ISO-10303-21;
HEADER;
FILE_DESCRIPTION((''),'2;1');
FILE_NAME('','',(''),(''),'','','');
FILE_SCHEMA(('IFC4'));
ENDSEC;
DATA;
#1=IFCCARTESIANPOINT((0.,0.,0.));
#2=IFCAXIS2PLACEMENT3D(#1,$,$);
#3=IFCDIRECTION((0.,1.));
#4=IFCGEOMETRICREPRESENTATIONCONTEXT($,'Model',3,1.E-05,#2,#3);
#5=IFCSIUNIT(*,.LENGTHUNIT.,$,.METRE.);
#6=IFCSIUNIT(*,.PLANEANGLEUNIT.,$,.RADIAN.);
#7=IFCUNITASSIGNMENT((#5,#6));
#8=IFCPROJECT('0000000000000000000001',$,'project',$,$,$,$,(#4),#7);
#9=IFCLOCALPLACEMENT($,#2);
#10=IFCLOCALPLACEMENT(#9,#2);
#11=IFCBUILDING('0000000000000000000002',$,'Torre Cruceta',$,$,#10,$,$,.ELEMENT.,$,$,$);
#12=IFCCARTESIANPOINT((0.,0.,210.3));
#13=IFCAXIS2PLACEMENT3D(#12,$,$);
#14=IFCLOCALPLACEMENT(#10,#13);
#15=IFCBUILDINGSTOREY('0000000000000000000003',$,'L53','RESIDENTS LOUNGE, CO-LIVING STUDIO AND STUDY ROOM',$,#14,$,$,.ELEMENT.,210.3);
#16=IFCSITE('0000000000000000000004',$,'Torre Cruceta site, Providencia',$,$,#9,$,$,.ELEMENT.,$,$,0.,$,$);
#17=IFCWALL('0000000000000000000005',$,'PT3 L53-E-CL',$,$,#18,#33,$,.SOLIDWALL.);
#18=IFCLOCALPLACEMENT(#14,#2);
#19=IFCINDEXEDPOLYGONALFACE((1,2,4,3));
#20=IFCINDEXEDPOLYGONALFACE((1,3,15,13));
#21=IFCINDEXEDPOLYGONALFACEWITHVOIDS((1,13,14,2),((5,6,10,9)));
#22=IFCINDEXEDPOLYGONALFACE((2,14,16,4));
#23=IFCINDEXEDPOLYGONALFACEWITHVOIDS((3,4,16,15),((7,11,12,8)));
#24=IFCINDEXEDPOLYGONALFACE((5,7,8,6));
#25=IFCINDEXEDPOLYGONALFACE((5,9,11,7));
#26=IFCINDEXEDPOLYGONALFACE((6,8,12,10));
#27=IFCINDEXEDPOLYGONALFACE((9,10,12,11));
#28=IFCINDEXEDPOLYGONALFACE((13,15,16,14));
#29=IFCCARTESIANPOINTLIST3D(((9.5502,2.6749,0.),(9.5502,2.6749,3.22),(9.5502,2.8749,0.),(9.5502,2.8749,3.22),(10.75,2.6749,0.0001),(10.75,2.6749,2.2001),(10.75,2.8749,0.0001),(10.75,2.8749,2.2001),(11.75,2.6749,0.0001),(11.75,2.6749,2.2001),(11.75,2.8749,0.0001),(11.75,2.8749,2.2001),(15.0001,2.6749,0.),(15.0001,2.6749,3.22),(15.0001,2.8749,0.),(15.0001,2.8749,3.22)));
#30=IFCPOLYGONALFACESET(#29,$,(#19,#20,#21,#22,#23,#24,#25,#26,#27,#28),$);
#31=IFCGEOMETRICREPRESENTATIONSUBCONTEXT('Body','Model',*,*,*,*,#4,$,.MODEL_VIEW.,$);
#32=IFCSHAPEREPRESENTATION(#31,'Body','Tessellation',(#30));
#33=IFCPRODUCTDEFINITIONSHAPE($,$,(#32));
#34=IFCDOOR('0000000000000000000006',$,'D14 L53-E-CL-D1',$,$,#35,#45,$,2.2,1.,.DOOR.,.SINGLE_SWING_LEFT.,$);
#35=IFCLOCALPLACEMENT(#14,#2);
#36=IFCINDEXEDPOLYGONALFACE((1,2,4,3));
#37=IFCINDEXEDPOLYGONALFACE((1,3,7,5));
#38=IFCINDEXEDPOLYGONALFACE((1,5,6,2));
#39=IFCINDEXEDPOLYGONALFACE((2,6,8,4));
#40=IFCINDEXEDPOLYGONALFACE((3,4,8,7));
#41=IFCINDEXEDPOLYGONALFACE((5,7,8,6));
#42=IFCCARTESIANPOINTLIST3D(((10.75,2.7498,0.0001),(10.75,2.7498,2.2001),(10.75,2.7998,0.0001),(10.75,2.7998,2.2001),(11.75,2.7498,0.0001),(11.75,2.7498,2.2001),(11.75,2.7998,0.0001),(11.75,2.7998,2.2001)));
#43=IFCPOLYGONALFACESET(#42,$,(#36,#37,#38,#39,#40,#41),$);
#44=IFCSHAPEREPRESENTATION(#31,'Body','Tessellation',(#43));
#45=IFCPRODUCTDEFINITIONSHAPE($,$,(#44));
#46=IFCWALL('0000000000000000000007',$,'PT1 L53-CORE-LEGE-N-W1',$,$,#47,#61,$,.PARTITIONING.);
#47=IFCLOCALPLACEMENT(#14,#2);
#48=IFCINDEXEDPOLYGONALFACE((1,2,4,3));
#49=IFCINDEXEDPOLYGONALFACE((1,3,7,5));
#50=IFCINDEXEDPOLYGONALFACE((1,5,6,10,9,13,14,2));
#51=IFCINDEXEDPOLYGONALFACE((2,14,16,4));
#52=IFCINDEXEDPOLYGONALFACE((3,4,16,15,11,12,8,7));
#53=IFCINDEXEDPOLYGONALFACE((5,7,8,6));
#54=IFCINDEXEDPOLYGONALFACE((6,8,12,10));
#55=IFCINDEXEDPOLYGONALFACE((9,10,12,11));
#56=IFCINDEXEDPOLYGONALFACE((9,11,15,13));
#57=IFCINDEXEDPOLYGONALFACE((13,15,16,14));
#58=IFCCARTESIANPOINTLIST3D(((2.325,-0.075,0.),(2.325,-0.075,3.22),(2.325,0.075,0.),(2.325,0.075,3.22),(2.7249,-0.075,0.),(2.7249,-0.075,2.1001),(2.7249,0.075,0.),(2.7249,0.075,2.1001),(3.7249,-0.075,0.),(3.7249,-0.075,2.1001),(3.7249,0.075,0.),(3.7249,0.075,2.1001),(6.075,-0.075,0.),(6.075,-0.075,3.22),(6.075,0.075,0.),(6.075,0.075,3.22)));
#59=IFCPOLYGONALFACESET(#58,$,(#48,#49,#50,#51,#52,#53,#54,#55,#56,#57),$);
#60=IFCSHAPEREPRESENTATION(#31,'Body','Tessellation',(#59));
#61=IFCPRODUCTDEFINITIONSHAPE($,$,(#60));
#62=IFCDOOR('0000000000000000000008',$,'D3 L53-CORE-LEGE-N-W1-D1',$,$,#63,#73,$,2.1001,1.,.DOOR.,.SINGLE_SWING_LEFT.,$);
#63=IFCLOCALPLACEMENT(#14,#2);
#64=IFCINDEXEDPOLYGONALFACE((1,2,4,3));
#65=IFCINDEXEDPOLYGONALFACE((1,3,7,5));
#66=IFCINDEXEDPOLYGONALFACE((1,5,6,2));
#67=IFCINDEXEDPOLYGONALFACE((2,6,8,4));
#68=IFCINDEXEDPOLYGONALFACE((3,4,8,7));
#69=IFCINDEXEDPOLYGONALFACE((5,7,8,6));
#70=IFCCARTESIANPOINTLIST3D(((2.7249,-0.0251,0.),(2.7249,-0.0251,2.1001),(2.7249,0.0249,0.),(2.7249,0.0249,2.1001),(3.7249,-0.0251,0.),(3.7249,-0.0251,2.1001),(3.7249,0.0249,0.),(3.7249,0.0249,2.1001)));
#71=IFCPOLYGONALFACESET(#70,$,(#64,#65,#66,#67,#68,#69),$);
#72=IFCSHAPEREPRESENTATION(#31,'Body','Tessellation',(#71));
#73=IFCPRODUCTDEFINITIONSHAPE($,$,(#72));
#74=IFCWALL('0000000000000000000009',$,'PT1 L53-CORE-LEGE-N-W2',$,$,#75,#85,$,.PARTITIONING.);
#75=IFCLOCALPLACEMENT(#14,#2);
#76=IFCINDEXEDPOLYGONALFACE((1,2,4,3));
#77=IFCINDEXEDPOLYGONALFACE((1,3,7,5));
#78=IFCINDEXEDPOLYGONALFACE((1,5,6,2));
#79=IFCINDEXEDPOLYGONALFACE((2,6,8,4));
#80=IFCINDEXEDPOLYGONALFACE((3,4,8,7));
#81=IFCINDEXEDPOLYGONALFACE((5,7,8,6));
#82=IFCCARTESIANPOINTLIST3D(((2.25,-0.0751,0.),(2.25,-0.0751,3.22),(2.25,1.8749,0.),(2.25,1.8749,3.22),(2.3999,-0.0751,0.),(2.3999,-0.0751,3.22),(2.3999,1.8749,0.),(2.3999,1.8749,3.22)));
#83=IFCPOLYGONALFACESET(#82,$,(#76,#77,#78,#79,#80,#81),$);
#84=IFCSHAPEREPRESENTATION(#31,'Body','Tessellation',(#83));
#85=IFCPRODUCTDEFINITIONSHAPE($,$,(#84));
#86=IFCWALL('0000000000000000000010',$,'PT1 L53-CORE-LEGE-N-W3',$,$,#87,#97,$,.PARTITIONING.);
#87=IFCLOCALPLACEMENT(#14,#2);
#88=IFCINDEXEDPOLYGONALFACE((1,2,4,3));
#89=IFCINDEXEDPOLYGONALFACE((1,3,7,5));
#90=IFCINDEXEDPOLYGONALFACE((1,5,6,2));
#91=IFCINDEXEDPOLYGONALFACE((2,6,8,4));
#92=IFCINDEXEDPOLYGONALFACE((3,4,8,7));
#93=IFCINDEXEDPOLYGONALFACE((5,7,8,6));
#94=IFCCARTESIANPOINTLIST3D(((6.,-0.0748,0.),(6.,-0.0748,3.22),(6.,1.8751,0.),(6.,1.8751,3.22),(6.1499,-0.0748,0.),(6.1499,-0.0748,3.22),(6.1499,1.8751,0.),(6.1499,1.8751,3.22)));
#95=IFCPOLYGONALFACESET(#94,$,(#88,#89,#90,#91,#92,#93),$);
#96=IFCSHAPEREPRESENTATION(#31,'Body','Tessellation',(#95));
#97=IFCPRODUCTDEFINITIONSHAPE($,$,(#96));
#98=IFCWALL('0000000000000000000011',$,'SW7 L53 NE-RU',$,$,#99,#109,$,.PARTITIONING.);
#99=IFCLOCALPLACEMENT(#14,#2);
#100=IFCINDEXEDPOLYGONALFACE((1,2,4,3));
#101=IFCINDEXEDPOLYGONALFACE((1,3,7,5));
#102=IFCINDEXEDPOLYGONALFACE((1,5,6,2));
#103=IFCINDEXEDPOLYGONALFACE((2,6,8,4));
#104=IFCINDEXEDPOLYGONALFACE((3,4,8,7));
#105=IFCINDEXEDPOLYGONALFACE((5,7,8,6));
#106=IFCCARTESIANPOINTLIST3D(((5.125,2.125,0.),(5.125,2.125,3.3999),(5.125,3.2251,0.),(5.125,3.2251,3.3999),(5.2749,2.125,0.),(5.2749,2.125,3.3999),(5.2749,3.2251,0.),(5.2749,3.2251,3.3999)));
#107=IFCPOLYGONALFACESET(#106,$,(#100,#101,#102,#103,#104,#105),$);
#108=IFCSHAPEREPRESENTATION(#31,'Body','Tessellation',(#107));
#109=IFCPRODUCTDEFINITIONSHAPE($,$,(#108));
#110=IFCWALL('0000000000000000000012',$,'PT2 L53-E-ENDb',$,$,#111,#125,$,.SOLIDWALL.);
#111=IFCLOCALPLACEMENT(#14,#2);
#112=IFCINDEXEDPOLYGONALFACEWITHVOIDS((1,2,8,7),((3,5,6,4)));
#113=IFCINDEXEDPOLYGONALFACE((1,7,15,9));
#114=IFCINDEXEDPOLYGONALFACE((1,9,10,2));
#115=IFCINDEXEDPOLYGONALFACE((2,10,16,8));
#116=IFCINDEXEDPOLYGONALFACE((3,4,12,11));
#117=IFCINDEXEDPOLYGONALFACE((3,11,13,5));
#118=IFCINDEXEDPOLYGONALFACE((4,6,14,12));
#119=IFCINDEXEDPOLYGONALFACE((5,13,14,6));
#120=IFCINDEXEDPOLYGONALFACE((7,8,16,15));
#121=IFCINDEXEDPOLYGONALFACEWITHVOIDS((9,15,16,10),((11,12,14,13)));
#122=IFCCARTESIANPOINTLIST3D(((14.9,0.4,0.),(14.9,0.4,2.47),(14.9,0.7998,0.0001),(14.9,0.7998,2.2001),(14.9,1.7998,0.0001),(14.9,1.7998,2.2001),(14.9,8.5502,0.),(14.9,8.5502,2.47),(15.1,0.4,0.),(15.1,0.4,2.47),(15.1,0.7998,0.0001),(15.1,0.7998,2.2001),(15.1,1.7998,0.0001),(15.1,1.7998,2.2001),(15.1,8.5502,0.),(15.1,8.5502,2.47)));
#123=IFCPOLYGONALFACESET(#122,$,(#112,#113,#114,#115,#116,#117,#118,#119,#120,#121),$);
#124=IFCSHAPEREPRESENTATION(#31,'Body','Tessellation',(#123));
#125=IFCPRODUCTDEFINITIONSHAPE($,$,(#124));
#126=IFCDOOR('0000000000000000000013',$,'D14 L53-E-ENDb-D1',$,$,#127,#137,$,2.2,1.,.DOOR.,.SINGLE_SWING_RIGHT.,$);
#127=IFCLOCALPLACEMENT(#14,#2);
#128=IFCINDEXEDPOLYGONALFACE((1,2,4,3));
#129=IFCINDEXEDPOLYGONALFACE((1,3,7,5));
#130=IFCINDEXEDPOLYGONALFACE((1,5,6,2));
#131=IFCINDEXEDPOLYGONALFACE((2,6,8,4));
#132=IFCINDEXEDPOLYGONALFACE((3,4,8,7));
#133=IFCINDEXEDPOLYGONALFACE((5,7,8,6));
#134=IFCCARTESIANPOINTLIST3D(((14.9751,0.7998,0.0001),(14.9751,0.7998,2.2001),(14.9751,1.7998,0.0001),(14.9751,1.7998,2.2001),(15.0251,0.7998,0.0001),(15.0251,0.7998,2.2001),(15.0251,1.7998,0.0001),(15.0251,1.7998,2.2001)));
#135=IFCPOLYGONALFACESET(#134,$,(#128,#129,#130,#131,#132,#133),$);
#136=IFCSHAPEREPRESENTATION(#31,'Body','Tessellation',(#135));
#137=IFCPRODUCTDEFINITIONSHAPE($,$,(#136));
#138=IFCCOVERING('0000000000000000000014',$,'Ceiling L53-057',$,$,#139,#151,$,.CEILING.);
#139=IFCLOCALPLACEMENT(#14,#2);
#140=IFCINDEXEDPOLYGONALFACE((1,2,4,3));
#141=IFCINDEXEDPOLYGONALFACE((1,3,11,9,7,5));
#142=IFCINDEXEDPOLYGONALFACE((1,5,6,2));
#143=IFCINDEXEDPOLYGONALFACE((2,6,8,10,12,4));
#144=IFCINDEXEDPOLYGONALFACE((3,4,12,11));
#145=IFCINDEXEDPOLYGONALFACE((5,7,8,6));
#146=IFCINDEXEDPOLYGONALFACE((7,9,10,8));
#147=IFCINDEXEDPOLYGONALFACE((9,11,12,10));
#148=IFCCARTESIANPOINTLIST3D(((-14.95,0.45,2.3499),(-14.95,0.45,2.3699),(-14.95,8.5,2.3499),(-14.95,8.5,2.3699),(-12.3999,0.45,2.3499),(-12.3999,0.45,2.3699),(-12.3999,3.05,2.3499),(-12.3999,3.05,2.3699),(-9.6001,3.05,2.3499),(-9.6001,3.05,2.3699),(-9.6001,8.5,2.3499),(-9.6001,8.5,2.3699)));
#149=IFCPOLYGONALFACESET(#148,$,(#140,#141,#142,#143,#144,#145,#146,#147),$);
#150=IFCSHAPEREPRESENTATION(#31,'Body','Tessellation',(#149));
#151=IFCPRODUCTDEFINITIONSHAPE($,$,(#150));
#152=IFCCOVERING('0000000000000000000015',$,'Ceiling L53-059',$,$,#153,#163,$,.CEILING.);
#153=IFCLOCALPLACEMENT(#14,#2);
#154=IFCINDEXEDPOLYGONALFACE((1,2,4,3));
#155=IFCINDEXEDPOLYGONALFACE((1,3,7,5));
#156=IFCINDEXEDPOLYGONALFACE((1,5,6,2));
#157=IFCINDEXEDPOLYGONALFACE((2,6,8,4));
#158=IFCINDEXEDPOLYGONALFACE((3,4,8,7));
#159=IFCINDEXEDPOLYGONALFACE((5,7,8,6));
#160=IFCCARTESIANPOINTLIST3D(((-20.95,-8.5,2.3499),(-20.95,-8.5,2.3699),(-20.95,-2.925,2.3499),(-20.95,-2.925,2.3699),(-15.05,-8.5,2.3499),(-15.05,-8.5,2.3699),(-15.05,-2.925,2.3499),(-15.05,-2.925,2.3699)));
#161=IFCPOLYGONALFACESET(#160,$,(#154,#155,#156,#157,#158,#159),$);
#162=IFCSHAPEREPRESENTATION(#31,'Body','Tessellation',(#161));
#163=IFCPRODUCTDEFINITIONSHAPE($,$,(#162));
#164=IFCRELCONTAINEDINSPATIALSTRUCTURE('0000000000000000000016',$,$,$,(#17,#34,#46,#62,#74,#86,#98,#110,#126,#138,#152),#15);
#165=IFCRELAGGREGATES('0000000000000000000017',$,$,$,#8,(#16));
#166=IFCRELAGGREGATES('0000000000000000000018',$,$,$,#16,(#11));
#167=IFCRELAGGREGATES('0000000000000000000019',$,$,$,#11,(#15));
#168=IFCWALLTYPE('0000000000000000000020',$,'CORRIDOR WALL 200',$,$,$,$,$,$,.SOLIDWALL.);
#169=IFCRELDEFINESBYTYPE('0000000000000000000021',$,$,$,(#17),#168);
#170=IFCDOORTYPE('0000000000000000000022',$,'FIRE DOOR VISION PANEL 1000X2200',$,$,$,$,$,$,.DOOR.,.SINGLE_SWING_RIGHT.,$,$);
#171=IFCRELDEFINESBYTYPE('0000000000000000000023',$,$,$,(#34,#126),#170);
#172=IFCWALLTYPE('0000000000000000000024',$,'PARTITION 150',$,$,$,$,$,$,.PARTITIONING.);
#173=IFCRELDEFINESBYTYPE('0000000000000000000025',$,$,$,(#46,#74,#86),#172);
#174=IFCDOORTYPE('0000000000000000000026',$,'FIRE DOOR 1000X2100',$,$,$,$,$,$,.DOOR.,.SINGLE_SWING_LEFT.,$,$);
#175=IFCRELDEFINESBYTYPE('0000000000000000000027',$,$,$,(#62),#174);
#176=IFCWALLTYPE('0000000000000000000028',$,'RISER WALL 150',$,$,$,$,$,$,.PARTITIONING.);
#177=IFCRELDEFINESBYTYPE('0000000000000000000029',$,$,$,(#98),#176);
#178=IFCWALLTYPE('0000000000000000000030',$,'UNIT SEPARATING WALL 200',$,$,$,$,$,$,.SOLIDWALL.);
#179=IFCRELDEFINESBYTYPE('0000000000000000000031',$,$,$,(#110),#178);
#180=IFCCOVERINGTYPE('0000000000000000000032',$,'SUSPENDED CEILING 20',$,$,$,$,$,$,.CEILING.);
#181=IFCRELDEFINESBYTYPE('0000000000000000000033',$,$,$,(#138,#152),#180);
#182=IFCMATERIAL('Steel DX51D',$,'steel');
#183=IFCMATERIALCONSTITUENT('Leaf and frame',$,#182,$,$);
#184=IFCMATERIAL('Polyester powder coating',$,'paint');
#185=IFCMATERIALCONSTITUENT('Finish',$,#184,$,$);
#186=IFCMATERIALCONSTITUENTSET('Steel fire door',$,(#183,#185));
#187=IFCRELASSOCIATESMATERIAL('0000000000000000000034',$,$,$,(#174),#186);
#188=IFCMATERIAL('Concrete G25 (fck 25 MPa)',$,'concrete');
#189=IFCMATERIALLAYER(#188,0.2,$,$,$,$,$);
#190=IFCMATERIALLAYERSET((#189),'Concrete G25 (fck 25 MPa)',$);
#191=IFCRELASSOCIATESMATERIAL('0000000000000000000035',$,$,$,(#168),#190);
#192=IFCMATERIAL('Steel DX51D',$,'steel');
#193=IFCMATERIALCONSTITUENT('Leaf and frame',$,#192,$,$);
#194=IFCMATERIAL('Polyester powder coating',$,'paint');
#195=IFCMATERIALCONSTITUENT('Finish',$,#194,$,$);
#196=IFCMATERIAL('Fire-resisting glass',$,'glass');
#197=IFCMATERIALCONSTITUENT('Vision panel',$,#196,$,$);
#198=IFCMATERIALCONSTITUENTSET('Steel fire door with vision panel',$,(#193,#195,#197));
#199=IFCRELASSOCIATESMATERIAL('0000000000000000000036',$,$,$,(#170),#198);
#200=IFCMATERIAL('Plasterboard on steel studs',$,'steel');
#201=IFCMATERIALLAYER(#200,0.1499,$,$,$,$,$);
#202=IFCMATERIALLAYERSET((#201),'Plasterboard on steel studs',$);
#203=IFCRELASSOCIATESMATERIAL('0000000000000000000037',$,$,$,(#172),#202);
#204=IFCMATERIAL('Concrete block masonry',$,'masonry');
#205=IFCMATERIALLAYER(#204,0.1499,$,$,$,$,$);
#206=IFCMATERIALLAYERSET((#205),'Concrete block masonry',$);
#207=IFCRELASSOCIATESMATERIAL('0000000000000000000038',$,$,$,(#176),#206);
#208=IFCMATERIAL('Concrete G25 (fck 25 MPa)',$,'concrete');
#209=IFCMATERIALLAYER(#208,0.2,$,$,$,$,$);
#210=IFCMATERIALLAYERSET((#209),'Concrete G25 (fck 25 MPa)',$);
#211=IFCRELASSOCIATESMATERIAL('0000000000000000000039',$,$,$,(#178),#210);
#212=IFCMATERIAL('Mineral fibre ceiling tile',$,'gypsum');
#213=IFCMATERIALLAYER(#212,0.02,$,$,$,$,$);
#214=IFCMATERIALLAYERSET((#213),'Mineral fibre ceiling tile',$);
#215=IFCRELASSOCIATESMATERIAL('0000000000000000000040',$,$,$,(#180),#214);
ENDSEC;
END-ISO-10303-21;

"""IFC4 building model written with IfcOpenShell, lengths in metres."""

from ifc_helpers import new_model, si_unit, direction, frame, frame_2d, origin, place, context, subcontext, project, spatial, polyline, rectangle, outline, extrude, material, layer, layer_set, constituent, constituent_set, type_object, element, fill, save


model = new_model("IFC4")

# Units and contexts
model_context = context("Model", 3, precision=1e-05, world=origin(), true_north=direction((0.0, 1.0)))
body_context = subcontext(model_context, "Body", "Model", "MODEL_VIEW")
ifc_project = project(units=[si_unit("LENGTHUNIT", "METRE"), si_unit("PLANEANGLEUNIT", "RADIAN")], contexts=[model_context])

# Site, building, storey
site_placement = place(None, origin())
site = spatial("IfcSite", under=ifc_project, at=site_placement, Name="Torre Cruceta site, Providencia", CompositionType="ELEMENT", RefElevation=0.0)
building_placement = place(site_placement, origin())
building = spatial("IfcBuilding", under=site, at=building_placement, Name="Torre Cruceta", CompositionType="ELEMENT")
storey_placement = place(building_placement, frame((0.0, 0.0, 210.3)))
storey = spatial("IfcBuildingStorey", under=building, at=storey_placement, Name="L53", Description="RESIDENTS LOUNGE, CO-LIVING STUDIO AND STUDY ROOM", CompositionType="ELEMENT", Elevation=210.3)

# Shared definitions
ifc_material_1 = material(Name="Steel DX51D", Category="steel")
ifc_constituent_1 = constituent(ifc_material_1, Name="Leaf and frame")
ifc_material_2 = material(Name="Polyester powder coating", Category="paint")
ifc_constituent_2 = constituent(ifc_material_2, Name="Finish")
ifc_constituent_set_1 = constituent_set(constituents=[ifc_constituent_1, ifc_constituent_2], Name="Steel fire door")
door_type_1 = type_object("IfcDoorType", Name="FIRE DOOR 1000X2100", OperationType="SINGLE_SWING_LEFT", PredefinedType="DOOR", material=ifc_constituent_set_1)

# Walls, openings, doors
ifc_material_3 = material(Name="Concrete G25 (fck 25 MPa)", Category="concrete")
ifc_layer_1 = layer(ifc_material_3, 0.2)
ifc_layer_set_1 = layer_set([ifc_layer_1], Name="Concrete G25 (fck 25 MPa)")
wall_type_1 = type_object("IfcWallType", Name="CORRIDOR WALL 200", PredefinedType="SOLIDWALL", material=ifc_layer_set_1)
wall_1_placement = place(storey_placement, frame((9.55, 2.7749, 0.0), z_axis=(0.0, 0.0, 1.0), x_axis=(1.0, 0.0, 0.0)))
wall_1 = element("IfcWall", 1, at=wall_1_placement, inside=storey, type_object=wall_type_1, Name="PT3 L53-E-CL", PredefinedType="SOLIDWALL", context=body_context, shape_type="SweptSolid", body=[
    extrude(rectangle(XDim=5.45, YDim=0.2, at=frame_2d((2.7251, 0.0))), origin(), (0.0, 0.0, 1.0), 3.22),
])
opening_1_placement = place(wall_1_placement, frame((1.2, 0.0, 0.0)))
opening_1 = element("IfcOpeningElement", 2, at=opening_1_placement, cuts=wall_1, PredefinedType="OPENING", context=body_context, shape_type="SweptSolid", body=[
    extrude(rectangle(XDim=1.0, YDim=2.2, at=frame_2d((0.5, 1.1001))), frame((0.0, 0.1099, 0.0), z_axis=(0.0, -1.0, 0.0), x_axis=(1.0, 0.0, 0.0)), (0.0, 0.0, 1.0), 0.22),
])
ifc_material_4 = material(Name="Steel DX51D", Category="steel")
ifc_constituent_3 = constituent(ifc_material_4, Name="Leaf and frame")
ifc_material_5 = material(Name="Polyester powder coating", Category="paint")
ifc_constituent_4 = constituent(ifc_material_5, Name="Finish")
ifc_material_6 = material(Name="Fire-resisting glass", Category="glass")
ifc_constituent_5 = constituent(ifc_material_6, Name="Vision panel")
ifc_constituent_set_2 = constituent_set(constituents=[ifc_constituent_3, ifc_constituent_4, ifc_constituent_5], Name="Steel fire door with vision panel")
door_type_2 = type_object("IfcDoorType", Name="FIRE DOOR VISION PANEL 1000X2200", OperationType="SINGLE_SWING_RIGHT", PredefinedType="DOOR", material=ifc_constituent_set_2)
door_1_placement = place(opening_1_placement, origin())
door_1 = element("IfcDoor", 3, at=door_1_placement, inside=storey, type_object=door_type_2, Name="D14 L53-E-CL-D1", OperationType="SINGLE_SWING_LEFT", OverallHeight=2.2, OverallWidth=1.0, PredefinedType="DOOR", context=body_context, shape_type="SweptSolid", body=[
    extrude(rectangle(XDim=1.0, YDim=2.2, at=frame_2d((0.5, 1.1001))), frame((0.0, 0.0249, 0.0), z_axis=(0.0, -1.0, 0.0), x_axis=(1.0, 0.0, 0.0)), (0.0, 0.0, 1.0), 0.05),
])
fill(opening_1, door_1)
ifc_material_7 = material(Name="Plasterboard on steel studs", Category="steel")
ifc_layer_2 = layer(ifc_material_7, 0.1499)
ifc_layer_set_2 = layer_set([ifc_layer_2], Name="Plasterboard on steel studs")
wall_type_2 = type_object("IfcWallType", Name="PARTITION 150", PredefinedType="PARTITIONING", material=ifc_layer_set_2)
wall_2_placement = place(storey_placement, frame((2.325, 0.0, 0.0), z_axis=(0.0, 0.0, 1.0), x_axis=(1.0, 0.0, 0.0)))
wall_2 = element("IfcWall", 4, at=wall_2_placement, inside=storey, type_object=wall_type_2, Name="PT1 L53-CORE-LEGE-N-W1", PredefinedType="PARTITIONING", context=body_context, shape_type="SweptSolid", body=[
    extrude(rectangle(XDim=3.75, YDim=0.1499, at=frame_2d((1.875, 0.0))), origin(), (0.0, 0.0, 1.0), 3.22),
])
opening_2_placement = place(wall_2_placement, frame((0.3999, 0.0, 0.0)))
opening_2 = element("IfcOpeningElement", 5, at=opening_2_placement, cuts=wall_2, PredefinedType="OPENING", context=body_context, shape_type="SweptSolid", body=[
    extrude(rectangle(XDim=1.0, YDim=2.1001, at=frame_2d((0.5, 1.05))), frame((0.0, 0.085, 0.0), z_axis=(0.0, -1.0, 0.0), x_axis=(1.0, 0.0, 0.0)), (0.0, 0.0, 1.0), 0.1699),
])
door_2_placement = place(opening_2_placement, origin())
door_2 = element("IfcDoor", 6, at=door_2_placement, inside=storey, type_object=door_type_1, Name="D3 L53-CORE-LEGE-N-W1-D1", OperationType="SINGLE_SWING_LEFT", OverallHeight=2.1001, OverallWidth=1.0, PredefinedType="DOOR", context=body_context, shape_type="SweptSolid", body=[
    extrude(rectangle(XDim=1.0, YDim=2.1001, at=frame_2d((0.5, 1.05))), frame((0.0, 0.0249, 0.0), z_axis=(0.0, -1.0, 0.0), x_axis=(1.0, 0.0, 0.0)), (0.0, 0.0, 1.0), 0.05),
])
fill(opening_2, door_2)

# Walls
for number, where, z_axis, x_axis, name in (
    (7, (2.325, 1.875, 0.0), (0.0, 0.0, 1.0), (0.0, -1.0, 0.0), "PT1 L53-CORE-LEGE-N-W2"),
    (8, (6.075, -0.075, 0.0), (0.0, 0.0, 1.0), (0.0, 1.0, 0.0), "PT1 L53-CORE-LEGE-N-W3"),
):
    element("IfcWall", number, at=place(storey_placement, frame(where, z_axis=z_axis, x_axis=x_axis)), inside=storey, type_object=wall_type_2, Name=name, PredefinedType="PARTITIONING", context=body_context, shape_type="SweptSolid", body=[
        extrude(rectangle(XDim=1.95, YDim=0.1499, at=frame_2d((0.9751, 0.0))), origin(), (0.0, 0.0, 1.0), 3.22),
    ])
ifc_material_8 = material(Name="Concrete block masonry", Category="masonry")
ifc_layer_3 = layer(ifc_material_8, 0.1499)
ifc_layer_set_3 = layer_set([ifc_layer_3], Name="Concrete block masonry")
wall_type_3 = type_object("IfcWallType", Name="RISER WALL 150", PredefinedType="PARTITIONING", material=ifc_layer_set_3)
wall_3_placement = place(storey_placement, frame((5.2, 2.125, 0.0), z_axis=(0.0, 0.0, 1.0), x_axis=(0.0, 1.0, 0.0)))
element("IfcWall", 9, at=wall_3_placement, inside=storey, type_object=wall_type_3, Name="SW7 L53 NE-RU", PredefinedType="PARTITIONING", context=body_context, shape_type="SweptSolid", body=[
    extrude(rectangle(XDim=1.1001, YDim=0.1499, at=frame_2d((0.55, 0.0))), origin(), (0.0, 0.0, 1.0), 3.3999),
])

# Wall, opening, door
ifc_material_9 = material(Name="Concrete G25 (fck 25 MPa)", Category="concrete")
ifc_layer_4 = layer(ifc_material_9, 0.2)
ifc_layer_set_4 = layer_set([ifc_layer_4], Name="Concrete G25 (fck 25 MPa)")
wall_type_4 = type_object("IfcWallType", Name="UNIT SEPARATING WALL 200", PredefinedType="SOLIDWALL", material=ifc_layer_set_4)
wall_4_placement = place(storey_placement, frame((15.0, 0.3999, 0.0), z_axis=(0.0, 0.0, 1.0), x_axis=(0.0, 1.0, 0.0)))
wall_4 = element("IfcWall", 10, at=wall_4_placement, inside=storey, type_object=wall_type_4, Name="PT2 L53-E-ENDb", PredefinedType="SOLIDWALL", context=body_context, shape_type="SweptSolid", body=[
    extrude(rectangle(XDim=8.1501, YDim=0.2, at=frame_2d((4.0752, 0.0))), origin(), (0.0, 0.0, 1.0), 2.47),
])
opening_3_placement = place(wall_4_placement, frame((0.3999, 0.0, 0.0)))
opening_3 = element("IfcOpeningElement", 11, at=opening_3_placement, cuts=wall_4, PredefinedType="OPENING", context=body_context, shape_type="SweptSolid", body=[
    extrude(rectangle(XDim=1.0, YDim=2.2, at=frame_2d((0.5, 1.1001))), frame((0.0, 0.1099, 0.0), z_axis=(0.0, -1.0, 0.0), x_axis=(1.0, 0.0, 0.0)), (0.0, 0.0, 1.0), 0.22),
])
door_3_placement = place(opening_3_placement, frame((1.0, 0.0, 0.0), z_axis=(0.0, 0.0, 1.0), x_axis=(-1.0, 0.0, 0.0)))
door_3 = element("IfcDoor", 12, at=door_3_placement, inside=storey, type_object=door_type_2, Name="D14 L53-E-ENDb-D1", OperationType="SINGLE_SWING_RIGHT", OverallHeight=2.2, OverallWidth=1.0, PredefinedType="DOOR", context=body_context, shape_type="SweptSolid", body=[
    extrude(rectangle(XDim=1.0, YDim=2.2, at=frame_2d((0.5, 1.1001))), frame((0.0, 0.0251, 0.0), z_axis=(0.0, -1.0, 0.0), x_axis=(1.0, 0.0, 0.0)), (0.0, 0.0, 1.0), 0.05),
])
fill(opening_3, door_3)

# Coverings
ifc_material_10 = material(Name="Mineral fibre ceiling tile", Category="gypsum")
ifc_layer_5 = layer(ifc_material_10, 0.02)
ifc_layer_set_5 = layer_set([ifc_layer_5], Name="Mineral fibre ceiling tile")
covering_type = type_object("IfcCoveringType", Name="SUSPENDED CEILING 20", PredefinedType="CEILING", material=ifc_layer_set_5)
covering_1_placement = place(storey_placement, frame((0.0, 0.0, 2.3499)))
element("IfcCovering", 13, at=covering_1_placement, inside=storey, type_object=covering_type, Name="Ceiling L53-057", PredefinedType="CEILING", context=body_context, shape_type="SweptSolid", body=[
    extrude(outline(polyline([(-14.95, 0.45), (-14.95, 8.5), (-9.6001, 8.5), (-9.6001, 3.05), (-12.3999, 3.05), (-12.3999, 0.45), (-14.95, 0.45)])), origin(), (0.0, 0.0, 1.0), 0.02),
])
covering_2_placement = place(storey_placement, frame((0.0, 0.0, 2.3499)))
element("IfcCovering", 14, at=covering_2_placement, inside=storey, type_object=covering_type, Name="Ceiling L53-059", PredefinedType="CEILING", context=body_context, shape_type="SweptSolid", body=[
    extrude(outline(polyline([(-15.05, -2.925), (-15.05, -8.5), (-20.95, -8.5), (-20.95, -2.925), (-15.05, -2.925)])), origin(), (0.0, 0.0, 1.0), 0.02),
])

save(model, "model.ifc")
